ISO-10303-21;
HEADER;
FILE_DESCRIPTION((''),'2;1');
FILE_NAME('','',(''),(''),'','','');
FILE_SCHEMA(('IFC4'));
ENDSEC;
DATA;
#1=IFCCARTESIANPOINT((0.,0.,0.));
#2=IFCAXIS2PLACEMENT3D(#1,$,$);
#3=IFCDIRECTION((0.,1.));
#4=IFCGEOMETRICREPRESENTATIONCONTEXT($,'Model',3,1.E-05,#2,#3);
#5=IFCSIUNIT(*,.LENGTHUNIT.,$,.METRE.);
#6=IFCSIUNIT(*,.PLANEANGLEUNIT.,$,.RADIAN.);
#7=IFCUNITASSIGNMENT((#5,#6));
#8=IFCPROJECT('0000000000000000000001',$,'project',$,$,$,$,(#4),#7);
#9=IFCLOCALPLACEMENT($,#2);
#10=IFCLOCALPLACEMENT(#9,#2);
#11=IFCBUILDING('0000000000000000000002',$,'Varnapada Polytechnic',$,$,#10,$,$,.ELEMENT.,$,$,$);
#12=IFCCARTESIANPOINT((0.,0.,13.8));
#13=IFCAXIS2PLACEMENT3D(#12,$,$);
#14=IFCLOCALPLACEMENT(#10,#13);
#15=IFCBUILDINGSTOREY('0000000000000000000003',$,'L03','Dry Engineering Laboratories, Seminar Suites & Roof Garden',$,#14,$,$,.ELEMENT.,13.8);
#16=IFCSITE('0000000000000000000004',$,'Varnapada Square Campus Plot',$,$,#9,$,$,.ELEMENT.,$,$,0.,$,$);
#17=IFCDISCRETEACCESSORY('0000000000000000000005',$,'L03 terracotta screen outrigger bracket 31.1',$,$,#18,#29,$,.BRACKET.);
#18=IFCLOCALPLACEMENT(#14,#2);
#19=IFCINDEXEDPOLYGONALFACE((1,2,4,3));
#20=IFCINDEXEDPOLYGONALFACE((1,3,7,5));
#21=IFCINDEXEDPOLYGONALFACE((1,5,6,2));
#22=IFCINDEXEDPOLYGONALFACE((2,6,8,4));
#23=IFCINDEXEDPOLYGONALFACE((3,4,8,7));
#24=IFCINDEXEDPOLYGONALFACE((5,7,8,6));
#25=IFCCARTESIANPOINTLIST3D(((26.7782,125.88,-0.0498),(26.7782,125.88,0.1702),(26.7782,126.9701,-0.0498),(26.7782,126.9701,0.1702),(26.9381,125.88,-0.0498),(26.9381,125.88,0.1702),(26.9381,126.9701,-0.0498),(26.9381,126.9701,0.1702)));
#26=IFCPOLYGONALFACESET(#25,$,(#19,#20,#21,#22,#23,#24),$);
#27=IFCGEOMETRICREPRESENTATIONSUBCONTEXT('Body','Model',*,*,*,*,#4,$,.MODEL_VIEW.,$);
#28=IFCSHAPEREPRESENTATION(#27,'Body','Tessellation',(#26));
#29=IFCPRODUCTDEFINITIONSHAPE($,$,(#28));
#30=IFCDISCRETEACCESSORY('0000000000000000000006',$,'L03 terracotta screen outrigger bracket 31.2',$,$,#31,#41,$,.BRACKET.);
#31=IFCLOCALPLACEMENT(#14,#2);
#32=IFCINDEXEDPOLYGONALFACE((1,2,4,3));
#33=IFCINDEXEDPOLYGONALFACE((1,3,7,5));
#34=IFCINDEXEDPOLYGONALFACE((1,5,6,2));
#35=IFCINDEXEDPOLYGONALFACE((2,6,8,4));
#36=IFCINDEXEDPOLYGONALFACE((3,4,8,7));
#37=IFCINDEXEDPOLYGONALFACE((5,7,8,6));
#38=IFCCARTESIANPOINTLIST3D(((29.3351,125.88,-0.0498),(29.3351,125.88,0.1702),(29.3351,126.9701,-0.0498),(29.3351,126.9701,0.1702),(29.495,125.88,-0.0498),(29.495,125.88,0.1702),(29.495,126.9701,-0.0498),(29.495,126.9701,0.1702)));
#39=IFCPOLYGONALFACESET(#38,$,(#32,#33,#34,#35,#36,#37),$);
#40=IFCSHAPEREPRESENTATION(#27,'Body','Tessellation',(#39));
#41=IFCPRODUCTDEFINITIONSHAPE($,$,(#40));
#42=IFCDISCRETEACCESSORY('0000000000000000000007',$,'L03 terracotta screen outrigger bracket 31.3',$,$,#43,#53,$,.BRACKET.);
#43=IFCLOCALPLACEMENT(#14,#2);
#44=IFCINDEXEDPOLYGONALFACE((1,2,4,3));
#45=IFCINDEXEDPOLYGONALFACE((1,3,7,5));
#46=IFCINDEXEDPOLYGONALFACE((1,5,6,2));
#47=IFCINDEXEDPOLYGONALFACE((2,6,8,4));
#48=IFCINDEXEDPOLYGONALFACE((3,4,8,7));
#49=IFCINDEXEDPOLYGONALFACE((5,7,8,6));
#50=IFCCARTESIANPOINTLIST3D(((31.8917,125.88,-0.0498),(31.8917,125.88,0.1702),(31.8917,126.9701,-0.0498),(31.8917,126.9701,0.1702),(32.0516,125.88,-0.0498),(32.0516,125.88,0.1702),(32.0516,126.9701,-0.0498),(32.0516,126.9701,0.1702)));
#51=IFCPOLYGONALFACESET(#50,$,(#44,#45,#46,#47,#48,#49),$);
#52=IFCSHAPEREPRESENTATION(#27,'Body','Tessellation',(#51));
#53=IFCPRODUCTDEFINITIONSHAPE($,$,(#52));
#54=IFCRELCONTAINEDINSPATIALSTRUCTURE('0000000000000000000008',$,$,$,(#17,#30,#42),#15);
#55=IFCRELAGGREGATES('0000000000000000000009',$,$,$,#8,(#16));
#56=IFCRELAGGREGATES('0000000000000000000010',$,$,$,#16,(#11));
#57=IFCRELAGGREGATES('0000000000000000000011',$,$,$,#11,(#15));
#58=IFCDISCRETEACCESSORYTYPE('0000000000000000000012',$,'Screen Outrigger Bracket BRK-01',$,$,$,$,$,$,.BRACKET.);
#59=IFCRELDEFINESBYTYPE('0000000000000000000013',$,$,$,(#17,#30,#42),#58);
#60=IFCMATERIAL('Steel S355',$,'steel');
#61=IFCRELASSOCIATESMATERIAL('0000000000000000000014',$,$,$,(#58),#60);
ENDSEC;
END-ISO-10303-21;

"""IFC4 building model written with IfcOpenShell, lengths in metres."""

from ifc_helpers import new_model, si_unit, direction, frame, origin, origin_2d, place, context, subcontext, project, spatial, rectangle, extrude, material, type_object, element, save


model = new_model("IFC4")

# Units and contexts
model_context = context("Model", 3, precision=1e-05, world=origin(), true_north=direction((0.0, 1.0)))
body_context = subcontext(model_context, "Body", "Model", "MODEL_VIEW")
ifc_project = project(units=[si_unit("LENGTHUNIT", "METRE"), si_unit("PLANEANGLEUNIT", "RADIAN")], contexts=[model_context])

# Site, building, storey
site_placement = place(None, origin())
site = spatial("IfcSite", under=ifc_project, at=site_placement, Name="Varnapada Square Campus Plot", CompositionType="ELEMENT", RefElevation=0.0)
building_placement = place(site_placement, origin())
building = spatial("IfcBuilding", under=site, at=building_placement, Name="Varnapada Polytechnic", CompositionType="ELEMENT")
storey_placement = place(building_placement, frame((0.0, 0.0, 13.8)))
storey = spatial("IfcBuildingStorey", under=building, at=storey_placement, Name="L03", Description="Dry Engineering Laboratories, Seminar Suites & Roof Garden", CompositionType="ELEMENT", Elevation=13.8)

# Discrete accessories
ifc_material_1 = material(Name="Steel S355", Category="steel")
discrete_accessory_type = type_object("IfcDiscreteAccessoryType", Name="Screen Outrigger Bracket BRK-01", PredefinedType="BRACKET", material=ifc_material_1)
for number, where, z_axis, x_axis, name in (
    (1, (26.8582, 126.425, -0.0498), (0.0, 0.0, 1.0), (1.0, 0.0, 0.0), "L03 terracotta screen outrigger bracket 31.1"),
    (2, (29.415, 126.425, -0.0498), (0.0, 0.0, 1.0), (1.0, 0.0, 0.0), "L03 terracotta screen outrigger bracket 31.2"),
    (3, (31.9717, 126.425, -0.0498), (0.0, 0.0, 1.0), (1.0, 0.0, 0.0), "L03 terracotta screen outrigger bracket 31.3"),
):
    element("IfcDiscreteAccessory", number, at=place(storey_placement, frame(where, z_axis=z_axis, x_axis=x_axis)), inside=storey, type_object=discrete_accessory_type, Name=name, PredefinedType="BRACKET", context=body_context, shape_type="SweptSolid", body=[
        extrude(rectangle(XDim=0.1599, YDim=1.0901, at=origin_2d()), origin(), (0.0, 0.0, 1.0), 0.22),
    ])

save(model, "model.ifc")
